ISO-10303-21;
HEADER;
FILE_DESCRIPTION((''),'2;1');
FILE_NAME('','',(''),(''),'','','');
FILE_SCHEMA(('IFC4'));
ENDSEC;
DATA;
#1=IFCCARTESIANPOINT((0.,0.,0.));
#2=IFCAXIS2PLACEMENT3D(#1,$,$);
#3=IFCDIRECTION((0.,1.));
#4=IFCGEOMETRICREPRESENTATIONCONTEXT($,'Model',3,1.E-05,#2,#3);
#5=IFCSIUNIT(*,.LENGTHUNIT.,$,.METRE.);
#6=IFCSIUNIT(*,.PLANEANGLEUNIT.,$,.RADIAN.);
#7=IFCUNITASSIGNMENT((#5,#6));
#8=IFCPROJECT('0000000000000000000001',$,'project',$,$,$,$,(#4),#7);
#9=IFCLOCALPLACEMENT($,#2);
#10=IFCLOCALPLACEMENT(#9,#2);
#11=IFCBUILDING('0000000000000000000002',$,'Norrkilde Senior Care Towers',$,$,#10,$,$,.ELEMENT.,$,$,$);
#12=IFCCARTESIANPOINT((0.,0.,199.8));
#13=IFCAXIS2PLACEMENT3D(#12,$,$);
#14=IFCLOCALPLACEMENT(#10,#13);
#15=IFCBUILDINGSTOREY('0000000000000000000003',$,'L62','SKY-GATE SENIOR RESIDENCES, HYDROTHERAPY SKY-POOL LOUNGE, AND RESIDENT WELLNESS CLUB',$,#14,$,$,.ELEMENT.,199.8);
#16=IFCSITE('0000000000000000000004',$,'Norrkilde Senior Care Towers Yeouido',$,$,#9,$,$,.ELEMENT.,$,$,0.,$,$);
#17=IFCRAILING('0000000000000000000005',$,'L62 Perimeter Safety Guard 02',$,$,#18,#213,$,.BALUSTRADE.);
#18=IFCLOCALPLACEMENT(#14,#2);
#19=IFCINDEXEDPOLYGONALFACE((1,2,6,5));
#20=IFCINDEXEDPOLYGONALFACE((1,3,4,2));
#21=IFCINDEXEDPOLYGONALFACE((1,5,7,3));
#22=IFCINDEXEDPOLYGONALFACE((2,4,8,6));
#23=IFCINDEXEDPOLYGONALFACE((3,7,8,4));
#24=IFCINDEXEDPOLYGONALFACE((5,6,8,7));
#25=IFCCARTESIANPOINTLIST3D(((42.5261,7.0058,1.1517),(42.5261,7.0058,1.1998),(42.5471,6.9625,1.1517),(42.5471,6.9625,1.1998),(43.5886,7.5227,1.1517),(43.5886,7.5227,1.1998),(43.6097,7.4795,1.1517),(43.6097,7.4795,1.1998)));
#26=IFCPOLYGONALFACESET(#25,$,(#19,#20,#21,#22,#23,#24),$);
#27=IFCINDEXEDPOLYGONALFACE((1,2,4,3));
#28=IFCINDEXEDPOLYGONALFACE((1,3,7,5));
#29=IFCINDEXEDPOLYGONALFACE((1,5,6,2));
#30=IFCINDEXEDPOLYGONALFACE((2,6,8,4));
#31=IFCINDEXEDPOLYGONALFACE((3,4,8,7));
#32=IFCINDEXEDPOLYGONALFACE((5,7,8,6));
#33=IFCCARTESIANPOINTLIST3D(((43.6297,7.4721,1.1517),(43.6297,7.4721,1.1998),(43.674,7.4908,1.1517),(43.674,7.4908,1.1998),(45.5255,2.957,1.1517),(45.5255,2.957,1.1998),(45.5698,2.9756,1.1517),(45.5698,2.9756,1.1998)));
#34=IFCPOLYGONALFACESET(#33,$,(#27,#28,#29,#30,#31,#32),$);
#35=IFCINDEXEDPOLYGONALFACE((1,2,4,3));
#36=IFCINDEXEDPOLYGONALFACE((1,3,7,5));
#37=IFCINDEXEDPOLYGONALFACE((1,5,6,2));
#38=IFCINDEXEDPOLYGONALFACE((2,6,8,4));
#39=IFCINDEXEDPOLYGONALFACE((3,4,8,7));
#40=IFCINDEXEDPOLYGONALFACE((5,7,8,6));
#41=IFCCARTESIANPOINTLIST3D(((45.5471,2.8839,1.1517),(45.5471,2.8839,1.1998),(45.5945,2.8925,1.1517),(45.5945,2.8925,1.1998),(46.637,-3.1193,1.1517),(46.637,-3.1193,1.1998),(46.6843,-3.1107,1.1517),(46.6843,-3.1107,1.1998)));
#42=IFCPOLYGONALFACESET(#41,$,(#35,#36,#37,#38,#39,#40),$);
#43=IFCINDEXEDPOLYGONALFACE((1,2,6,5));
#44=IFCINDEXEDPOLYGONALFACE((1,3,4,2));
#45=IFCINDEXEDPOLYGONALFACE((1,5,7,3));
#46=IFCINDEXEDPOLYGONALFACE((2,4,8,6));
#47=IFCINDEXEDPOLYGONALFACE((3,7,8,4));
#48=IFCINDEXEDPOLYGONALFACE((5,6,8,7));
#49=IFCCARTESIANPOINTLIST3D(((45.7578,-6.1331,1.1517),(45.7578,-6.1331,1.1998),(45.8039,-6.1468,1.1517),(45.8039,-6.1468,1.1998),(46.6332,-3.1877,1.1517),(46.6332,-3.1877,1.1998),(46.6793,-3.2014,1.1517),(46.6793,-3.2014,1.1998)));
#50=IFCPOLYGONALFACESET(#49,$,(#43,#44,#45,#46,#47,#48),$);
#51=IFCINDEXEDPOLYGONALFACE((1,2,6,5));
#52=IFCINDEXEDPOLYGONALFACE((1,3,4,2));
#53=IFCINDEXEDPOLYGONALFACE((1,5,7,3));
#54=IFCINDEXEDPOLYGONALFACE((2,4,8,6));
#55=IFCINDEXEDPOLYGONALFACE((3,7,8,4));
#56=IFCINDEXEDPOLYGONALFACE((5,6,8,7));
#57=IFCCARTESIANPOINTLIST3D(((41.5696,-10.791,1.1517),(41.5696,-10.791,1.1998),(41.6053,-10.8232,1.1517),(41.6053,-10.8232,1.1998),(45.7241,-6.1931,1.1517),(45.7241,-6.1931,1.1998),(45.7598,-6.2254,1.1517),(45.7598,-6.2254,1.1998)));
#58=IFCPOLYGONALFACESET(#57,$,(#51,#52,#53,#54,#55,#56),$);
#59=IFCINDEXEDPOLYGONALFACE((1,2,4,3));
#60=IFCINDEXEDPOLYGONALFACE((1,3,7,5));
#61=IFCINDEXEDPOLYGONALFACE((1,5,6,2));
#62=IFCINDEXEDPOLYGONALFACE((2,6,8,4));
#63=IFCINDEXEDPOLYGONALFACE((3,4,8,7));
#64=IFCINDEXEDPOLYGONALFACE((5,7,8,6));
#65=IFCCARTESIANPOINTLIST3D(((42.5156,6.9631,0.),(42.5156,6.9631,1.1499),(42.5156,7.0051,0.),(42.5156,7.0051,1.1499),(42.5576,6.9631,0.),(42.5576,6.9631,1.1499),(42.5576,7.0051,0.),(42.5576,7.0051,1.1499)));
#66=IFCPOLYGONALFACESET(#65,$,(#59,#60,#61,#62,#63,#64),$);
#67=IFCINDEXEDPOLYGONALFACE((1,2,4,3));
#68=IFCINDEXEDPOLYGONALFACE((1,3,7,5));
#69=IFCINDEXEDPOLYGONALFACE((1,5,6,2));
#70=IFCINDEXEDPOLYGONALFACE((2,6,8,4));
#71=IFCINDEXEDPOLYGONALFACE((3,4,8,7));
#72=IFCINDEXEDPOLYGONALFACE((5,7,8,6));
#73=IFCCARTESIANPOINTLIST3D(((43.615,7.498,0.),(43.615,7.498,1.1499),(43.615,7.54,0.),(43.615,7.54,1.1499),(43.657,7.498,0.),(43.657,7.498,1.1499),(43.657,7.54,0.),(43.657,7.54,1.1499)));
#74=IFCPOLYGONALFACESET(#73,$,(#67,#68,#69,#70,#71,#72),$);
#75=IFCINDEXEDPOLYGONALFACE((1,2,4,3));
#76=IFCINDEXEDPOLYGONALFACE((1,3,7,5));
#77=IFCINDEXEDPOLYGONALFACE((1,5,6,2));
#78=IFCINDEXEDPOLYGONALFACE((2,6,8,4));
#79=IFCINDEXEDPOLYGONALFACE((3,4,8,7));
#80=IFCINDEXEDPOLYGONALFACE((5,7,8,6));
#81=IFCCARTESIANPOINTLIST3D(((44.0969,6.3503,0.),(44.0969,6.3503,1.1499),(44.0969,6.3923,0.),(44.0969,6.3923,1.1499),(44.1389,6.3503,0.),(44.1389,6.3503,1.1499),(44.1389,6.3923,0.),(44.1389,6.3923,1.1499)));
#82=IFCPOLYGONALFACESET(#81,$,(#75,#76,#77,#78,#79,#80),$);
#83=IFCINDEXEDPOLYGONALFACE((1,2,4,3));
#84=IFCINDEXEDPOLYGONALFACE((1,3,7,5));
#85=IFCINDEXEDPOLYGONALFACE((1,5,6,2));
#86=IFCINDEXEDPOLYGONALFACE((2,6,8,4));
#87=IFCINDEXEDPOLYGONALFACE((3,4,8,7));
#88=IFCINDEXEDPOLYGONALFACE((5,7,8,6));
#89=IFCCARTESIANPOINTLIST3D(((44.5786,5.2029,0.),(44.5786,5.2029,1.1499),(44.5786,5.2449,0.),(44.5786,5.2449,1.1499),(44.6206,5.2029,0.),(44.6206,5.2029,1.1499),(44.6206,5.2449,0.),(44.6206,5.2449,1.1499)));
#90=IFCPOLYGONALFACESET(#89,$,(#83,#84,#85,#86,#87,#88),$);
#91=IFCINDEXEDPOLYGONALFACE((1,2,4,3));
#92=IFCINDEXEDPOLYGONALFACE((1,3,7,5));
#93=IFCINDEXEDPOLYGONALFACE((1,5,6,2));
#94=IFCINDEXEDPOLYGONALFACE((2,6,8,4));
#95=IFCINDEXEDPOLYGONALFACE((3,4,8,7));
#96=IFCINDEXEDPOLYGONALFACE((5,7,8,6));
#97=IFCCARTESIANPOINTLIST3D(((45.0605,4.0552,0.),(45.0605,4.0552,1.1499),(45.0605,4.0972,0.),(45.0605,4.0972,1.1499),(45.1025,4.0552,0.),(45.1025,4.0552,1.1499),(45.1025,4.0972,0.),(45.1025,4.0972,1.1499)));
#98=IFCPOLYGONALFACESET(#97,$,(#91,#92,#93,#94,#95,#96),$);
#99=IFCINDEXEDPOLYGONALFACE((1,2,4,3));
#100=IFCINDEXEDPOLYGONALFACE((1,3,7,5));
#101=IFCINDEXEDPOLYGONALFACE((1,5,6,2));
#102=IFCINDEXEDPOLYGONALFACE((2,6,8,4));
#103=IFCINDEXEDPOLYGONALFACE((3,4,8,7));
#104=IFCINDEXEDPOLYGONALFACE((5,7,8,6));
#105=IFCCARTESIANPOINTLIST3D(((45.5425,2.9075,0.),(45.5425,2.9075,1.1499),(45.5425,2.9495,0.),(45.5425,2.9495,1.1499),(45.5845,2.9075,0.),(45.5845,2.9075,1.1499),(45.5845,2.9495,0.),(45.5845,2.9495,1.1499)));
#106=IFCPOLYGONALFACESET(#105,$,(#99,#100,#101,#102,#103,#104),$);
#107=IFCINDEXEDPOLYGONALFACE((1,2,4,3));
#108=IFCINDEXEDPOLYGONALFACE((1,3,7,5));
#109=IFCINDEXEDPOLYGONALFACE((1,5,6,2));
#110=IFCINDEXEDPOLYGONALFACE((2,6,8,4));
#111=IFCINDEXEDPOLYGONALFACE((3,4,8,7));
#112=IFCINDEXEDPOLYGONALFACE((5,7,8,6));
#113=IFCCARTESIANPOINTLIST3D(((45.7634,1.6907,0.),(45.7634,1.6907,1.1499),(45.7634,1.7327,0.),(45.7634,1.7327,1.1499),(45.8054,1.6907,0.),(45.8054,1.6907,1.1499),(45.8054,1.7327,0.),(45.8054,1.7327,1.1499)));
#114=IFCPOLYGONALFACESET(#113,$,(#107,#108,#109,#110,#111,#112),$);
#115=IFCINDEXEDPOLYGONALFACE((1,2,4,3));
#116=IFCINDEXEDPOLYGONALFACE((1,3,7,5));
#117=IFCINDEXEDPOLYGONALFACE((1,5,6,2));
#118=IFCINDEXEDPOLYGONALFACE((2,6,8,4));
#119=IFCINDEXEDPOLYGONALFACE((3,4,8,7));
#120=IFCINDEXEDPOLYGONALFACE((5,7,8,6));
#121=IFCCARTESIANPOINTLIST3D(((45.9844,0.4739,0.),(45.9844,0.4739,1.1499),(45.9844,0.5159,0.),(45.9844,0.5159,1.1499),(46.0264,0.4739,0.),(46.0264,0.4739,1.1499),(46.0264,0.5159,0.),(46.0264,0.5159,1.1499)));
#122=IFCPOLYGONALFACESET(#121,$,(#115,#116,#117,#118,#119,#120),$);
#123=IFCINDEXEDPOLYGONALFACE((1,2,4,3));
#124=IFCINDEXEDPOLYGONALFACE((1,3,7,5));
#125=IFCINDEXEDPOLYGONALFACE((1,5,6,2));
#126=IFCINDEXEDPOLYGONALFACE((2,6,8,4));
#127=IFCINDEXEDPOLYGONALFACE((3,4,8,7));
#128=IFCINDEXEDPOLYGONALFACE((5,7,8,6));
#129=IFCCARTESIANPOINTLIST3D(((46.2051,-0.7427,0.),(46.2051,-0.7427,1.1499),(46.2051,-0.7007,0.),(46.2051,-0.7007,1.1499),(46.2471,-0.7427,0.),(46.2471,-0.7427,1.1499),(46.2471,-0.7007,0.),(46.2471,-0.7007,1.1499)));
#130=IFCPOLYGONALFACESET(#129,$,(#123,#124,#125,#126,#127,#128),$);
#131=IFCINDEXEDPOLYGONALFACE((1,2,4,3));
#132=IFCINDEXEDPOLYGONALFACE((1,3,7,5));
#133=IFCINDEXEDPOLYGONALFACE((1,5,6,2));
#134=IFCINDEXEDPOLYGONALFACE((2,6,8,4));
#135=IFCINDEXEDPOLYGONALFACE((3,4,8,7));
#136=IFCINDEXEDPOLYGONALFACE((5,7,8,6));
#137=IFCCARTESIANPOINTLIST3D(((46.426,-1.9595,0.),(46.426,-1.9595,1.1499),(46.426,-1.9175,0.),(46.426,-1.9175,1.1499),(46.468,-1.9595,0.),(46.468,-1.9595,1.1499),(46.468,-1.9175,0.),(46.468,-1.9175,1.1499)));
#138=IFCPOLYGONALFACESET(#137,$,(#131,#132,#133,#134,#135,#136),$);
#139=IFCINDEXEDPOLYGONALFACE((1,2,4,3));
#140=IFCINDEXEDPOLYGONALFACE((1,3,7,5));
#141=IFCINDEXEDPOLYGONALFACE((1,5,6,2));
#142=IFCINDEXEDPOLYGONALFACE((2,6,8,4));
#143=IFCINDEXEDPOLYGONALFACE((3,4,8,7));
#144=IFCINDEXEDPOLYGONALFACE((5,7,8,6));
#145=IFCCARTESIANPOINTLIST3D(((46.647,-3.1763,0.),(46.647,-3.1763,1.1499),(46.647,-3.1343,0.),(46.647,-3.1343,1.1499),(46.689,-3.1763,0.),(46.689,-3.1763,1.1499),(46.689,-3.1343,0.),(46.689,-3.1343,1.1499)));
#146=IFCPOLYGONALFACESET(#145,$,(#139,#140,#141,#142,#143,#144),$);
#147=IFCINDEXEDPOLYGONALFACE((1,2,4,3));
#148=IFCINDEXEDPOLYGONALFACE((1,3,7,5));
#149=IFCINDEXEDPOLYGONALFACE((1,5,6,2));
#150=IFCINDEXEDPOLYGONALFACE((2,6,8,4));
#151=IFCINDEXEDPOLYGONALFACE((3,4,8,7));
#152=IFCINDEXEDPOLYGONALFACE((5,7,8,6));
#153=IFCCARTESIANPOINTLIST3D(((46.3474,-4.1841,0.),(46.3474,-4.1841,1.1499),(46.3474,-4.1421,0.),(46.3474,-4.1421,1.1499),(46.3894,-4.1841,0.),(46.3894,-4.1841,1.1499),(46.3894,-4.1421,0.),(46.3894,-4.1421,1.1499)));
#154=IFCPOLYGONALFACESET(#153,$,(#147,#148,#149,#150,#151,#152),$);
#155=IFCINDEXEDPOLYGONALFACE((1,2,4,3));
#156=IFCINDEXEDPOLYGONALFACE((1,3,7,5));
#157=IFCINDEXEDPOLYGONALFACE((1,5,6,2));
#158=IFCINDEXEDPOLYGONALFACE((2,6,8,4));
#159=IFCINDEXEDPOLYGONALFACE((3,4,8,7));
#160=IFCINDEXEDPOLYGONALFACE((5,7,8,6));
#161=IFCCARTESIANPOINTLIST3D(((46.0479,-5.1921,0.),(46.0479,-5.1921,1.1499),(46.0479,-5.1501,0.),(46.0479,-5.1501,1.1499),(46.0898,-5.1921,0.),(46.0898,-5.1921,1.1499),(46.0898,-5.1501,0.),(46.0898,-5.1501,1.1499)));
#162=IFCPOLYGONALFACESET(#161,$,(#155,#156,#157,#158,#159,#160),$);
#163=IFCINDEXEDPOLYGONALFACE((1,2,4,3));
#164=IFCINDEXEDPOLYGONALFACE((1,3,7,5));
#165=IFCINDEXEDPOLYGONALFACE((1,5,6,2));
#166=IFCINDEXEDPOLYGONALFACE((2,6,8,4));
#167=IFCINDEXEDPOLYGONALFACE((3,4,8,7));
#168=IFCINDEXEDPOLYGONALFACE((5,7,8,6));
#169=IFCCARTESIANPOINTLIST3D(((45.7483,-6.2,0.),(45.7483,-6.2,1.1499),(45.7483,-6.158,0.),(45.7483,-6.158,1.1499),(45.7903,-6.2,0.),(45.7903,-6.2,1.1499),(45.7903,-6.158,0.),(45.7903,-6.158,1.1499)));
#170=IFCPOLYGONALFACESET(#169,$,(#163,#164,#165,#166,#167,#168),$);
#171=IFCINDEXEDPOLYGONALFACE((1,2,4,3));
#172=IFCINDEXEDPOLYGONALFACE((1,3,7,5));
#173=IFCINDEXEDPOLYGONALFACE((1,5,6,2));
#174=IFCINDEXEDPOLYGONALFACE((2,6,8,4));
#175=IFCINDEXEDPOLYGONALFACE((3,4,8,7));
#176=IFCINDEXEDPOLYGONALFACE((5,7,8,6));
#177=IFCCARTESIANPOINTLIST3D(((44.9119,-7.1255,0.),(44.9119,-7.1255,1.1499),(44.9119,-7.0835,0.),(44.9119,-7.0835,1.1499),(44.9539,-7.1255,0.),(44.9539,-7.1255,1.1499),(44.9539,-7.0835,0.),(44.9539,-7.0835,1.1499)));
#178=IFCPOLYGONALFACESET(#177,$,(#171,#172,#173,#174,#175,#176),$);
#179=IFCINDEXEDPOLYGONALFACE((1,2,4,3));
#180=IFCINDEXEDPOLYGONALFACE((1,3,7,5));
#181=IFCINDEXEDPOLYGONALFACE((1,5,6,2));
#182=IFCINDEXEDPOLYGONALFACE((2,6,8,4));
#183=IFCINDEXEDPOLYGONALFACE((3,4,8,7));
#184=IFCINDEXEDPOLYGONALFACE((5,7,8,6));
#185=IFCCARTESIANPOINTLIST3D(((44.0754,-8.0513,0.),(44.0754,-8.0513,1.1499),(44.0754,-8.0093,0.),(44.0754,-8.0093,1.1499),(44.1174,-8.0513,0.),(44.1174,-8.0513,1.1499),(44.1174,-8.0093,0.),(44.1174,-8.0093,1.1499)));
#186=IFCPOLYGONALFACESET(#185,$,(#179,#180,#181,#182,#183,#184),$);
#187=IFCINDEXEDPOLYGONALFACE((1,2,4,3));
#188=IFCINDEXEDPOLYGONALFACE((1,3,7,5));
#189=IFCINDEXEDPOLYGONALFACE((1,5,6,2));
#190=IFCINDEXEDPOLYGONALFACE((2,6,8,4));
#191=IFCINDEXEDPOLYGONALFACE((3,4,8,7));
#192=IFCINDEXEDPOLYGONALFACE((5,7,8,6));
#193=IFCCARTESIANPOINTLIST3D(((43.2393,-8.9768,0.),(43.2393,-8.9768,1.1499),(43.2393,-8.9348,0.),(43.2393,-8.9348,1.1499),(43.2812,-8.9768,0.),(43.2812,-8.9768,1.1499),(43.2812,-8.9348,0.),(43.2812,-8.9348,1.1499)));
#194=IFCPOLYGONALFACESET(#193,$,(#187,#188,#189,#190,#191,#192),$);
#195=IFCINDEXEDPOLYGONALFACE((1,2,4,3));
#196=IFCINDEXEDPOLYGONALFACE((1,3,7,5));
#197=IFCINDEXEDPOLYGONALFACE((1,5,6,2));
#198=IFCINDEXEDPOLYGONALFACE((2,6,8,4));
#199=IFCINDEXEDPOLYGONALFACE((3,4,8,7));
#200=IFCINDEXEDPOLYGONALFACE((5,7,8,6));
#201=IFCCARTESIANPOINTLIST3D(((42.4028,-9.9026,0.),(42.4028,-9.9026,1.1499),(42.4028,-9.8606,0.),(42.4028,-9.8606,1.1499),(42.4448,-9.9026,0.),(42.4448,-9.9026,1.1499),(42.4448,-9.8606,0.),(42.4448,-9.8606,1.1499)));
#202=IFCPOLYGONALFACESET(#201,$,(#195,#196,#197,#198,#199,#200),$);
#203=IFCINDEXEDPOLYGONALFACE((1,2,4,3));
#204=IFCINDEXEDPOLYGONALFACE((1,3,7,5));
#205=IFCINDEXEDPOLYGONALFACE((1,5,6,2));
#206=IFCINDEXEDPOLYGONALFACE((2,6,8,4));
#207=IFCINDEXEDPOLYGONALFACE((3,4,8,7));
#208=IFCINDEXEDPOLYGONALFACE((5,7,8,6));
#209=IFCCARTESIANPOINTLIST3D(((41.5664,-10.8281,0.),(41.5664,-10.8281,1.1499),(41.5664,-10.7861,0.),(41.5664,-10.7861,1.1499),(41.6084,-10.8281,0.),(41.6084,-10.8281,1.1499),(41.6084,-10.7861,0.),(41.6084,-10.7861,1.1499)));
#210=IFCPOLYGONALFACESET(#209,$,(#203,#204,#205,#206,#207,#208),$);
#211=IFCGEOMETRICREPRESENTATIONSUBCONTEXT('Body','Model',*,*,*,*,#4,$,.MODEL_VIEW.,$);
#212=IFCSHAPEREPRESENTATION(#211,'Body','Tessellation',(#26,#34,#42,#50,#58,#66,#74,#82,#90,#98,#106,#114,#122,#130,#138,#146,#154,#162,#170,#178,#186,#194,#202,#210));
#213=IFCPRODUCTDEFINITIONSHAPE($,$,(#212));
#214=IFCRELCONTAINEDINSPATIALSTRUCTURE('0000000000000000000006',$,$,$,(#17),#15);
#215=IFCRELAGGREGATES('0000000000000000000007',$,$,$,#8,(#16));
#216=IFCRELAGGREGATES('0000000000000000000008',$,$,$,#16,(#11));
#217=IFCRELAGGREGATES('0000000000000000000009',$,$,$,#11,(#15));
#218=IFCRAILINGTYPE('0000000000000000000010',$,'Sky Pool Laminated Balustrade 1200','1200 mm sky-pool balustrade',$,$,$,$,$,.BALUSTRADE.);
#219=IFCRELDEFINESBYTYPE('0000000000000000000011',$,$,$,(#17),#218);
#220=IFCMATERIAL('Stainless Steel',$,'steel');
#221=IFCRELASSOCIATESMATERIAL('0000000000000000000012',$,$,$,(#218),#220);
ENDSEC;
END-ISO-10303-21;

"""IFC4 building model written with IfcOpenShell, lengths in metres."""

from ifc_helpers import new_model, si_unit, direction, frame, origin, origin_2d, place, context, subcontext, project, spatial, rectangle, extrude, material, type_object, element, save


model = new_model("IFC4")

# Units and contexts
model_context = context("Model", 3, precision=1e-05, world=origin(), true_north=direction((0.0, 1.0)))
body_context = subcontext(model_context, "Body", "Model", "MODEL_VIEW")
ifc_project = project(units=[si_unit("LENGTHUNIT", "METRE"), si_unit("PLANEANGLEUNIT", "RADIAN")], contexts=[model_context])

# Site, building, storey
site_placement = place(None, origin())
site = spatial("IfcSite", under=ifc_project, at=site_placement, Name="Norrkilde Senior Care Towers Yeouido", CompositionType="ELEMENT", RefElevation=0.0)
building_placement = place(site_placement, origin())
building = spatial("IfcBuilding", under=site, at=building_placement, Name="Norrkilde Senior Care Towers", CompositionType="ELEMENT")
storey_placement = place(building_placement, frame((0.0, 0.0, 199.8)))
storey = spatial("IfcBuildingStorey", under=building, at=storey_placement, Name="L62", Description="SKY-GATE SENIOR RESIDENCES, HYDROTHERAPY SKY-POOL LOUNGE, AND RESIDENT WELLNESS CLUB", CompositionType="ELEMENT", Elevation=199.8)

# Railing
ifc_material_1 = material(Name="Stainless Steel", Category="steel")
railing_type = type_object("IfcRailingType", Name="Sky Pool Laminated Balustrade 1200", Description="1200 mm sky-pool balustrade", PredefinedType="BALUSTRADE", material=ifc_material_1)
railing_placement = place(storey_placement, frame((42.5366, 6.9841, 0.0)))
element("IfcRailing", 1, at=railing_placement, inside=storey, type_object=railing_type, Name="L62 Perimeter Safety Guard 02", PredefinedType="BALUSTRADE", context=body_context, shape_type="SweptSolid", body=[
    extrude(rectangle(XDim=0.0481, YDim=0.0481, at=origin_2d()), frame((0.0, 0.0, 1.1758), z_axis=(0.899207, 0.437522, 0.0), x_axis=(-0.437522, 0.899207, 0.0)), (0.0, 0.0, 1.0), 1.1816),
    extrude(rectangle(XDim=0.0481, YDim=0.0481, at=origin_2d()), frame((1.1152, 0.4973, 1.1758), z_axis=(0.387138, -0.922022, 0.0), x_axis=(0.922022, 0.387138, 0.0)), (0.0, 0.0, 1.0), 4.897),
    extrude(rectangle(XDim=0.0481, YDim=0.0481, at=origin_2d()), frame((3.0342, -4.0959, 1.1758), z_axis=(0.178628, -0.983917, 0.0), x_axis=(0.983917, 0.178628, 0.0)), (0.0, 0.0, 1.0), 6.1013),
    extrude(rectangle(XDim=0.0481, YDim=0.0481, at=origin_2d()), frame((4.1196, -10.1787, 1.1758), z_axis=(-0.284897, -0.958558, 0.0), x_axis=(0.958558, -0.284897, 0.0)), (0.0, 0.0, 1.0), 3.0728),
    extrude(rectangle(XDim=0.0481, YDim=0.0481, at=origin_2d()), frame((3.2053, -13.1934, 1.1758), z_axis=(-0.670427, -0.741975, 0.0), x_axis=(0.741975, -0.670427, 0.0)), (0.0, 0.0, 1.0), 6.1968),
    extrude(rectangle(XDim=0.042, YDim=0.042, at=origin_2d()), origin(), (0.0, 0.0, 1.0), 1.1499),
    extrude(rectangle(XDim=0.042, YDim=0.042, at=origin_2d()), frame((1.0994, 0.5349, 0.0)), (0.0, 0.0, 1.0), 1.1499),
    extrude(rectangle(XDim=0.042, YDim=0.042, at=origin_2d()), frame((1.5813, -0.6128, 0.0)), (0.0, 0.0, 1.0), 1.1499),
    extrude(rectangle(XDim=0.042, YDim=0.042, at=origin_2d()), frame((2.063, -1.7603, 0.0)), (0.0, 0.0, 1.0), 1.1499),
    extrude(rectangle(XDim=0.042, YDim=0.042, at=origin_2d()), frame((2.5449, -2.908, 0.0)), (0.0, 0.0, 1.0), 1.1499),
    extrude(rectangle(XDim=0.042, YDim=0.042, at=origin_2d()), frame((3.0269, -4.0557, 0.0)), (0.0, 0.0, 1.0), 1.1499),
    extrude(rectangle(XDim=0.042, YDim=0.042, at=origin_2d()), frame((3.2478, -5.2725, 0.0)), (0.0, 0.0, 1.0), 1.1499),
    extrude(rectangle(XDim=0.042, YDim=0.042, at=origin_2d()), frame((3.4688, -6.4893, 0.0)), (0.0, 0.0, 1.0), 1.1499),
    extrude(rectangle(XDim=0.042, YDim=0.042, at=origin_2d()), frame((3.6895, -7.7058, 0.0)), (0.0, 0.0, 1.0), 1.1499),
    extrude(rectangle(XDim=0.042, YDim=0.042, at=origin_2d()), frame((3.9104, -8.9226, 0.0)), (0.0, 0.0, 1.0), 1.1499),
    extrude(rectangle(XDim=0.042, YDim=0.042, at=origin_2d()), frame((4.1313, -10.1394, 0.0)), (0.0, 0.0, 1.0), 1.1499),
    extrude(rectangle(XDim=0.042, YDim=0.042, at=origin_2d()), frame((3.8318, -11.1472, 0.0)), (0.0, 0.0, 1.0), 1.1499),
    extrude(rectangle(XDim=0.042, YDim=0.042, at=origin_2d()), frame((3.5322, -12.1553, 0.0)), (0.0, 0.0, 1.0), 1.1499),
    extrude(rectangle(XDim=0.042, YDim=0.042, at=origin_2d()), frame((3.2327, -13.1631, 0.0)), (0.0, 0.0, 1.0), 1.1499),
    extrude(rectangle(XDim=0.042, YDim=0.042, at=origin_2d()), frame((2.3962, -14.0886, 0.0)), (0.0, 0.0, 1.0), 1.1499),
    extrude(rectangle(XDim=0.042, YDim=0.042, at=origin_2d()), frame((1.5598, -15.0144, 0.0)), (0.0, 0.0, 1.0), 1.1499),
    extrude(rectangle(XDim=0.042, YDim=0.042, at=origin_2d()), frame((0.7236, -15.9399, 0.0)), (0.0, 0.0, 1.0), 1.1499),
    extrude(rectangle(XDim=0.042, YDim=0.042, at=origin_2d()), frame((-0.1128, -16.8657, 0.0)), (0.0, 0.0, 1.0), 1.1499),
    extrude(rectangle(XDim=0.042, YDim=0.042, at=origin_2d()), frame((-0.9492, -17.7913, 0.0)), (0.0, 0.0, 1.0), 1.1499),
])

save(model, "model.ifc")
